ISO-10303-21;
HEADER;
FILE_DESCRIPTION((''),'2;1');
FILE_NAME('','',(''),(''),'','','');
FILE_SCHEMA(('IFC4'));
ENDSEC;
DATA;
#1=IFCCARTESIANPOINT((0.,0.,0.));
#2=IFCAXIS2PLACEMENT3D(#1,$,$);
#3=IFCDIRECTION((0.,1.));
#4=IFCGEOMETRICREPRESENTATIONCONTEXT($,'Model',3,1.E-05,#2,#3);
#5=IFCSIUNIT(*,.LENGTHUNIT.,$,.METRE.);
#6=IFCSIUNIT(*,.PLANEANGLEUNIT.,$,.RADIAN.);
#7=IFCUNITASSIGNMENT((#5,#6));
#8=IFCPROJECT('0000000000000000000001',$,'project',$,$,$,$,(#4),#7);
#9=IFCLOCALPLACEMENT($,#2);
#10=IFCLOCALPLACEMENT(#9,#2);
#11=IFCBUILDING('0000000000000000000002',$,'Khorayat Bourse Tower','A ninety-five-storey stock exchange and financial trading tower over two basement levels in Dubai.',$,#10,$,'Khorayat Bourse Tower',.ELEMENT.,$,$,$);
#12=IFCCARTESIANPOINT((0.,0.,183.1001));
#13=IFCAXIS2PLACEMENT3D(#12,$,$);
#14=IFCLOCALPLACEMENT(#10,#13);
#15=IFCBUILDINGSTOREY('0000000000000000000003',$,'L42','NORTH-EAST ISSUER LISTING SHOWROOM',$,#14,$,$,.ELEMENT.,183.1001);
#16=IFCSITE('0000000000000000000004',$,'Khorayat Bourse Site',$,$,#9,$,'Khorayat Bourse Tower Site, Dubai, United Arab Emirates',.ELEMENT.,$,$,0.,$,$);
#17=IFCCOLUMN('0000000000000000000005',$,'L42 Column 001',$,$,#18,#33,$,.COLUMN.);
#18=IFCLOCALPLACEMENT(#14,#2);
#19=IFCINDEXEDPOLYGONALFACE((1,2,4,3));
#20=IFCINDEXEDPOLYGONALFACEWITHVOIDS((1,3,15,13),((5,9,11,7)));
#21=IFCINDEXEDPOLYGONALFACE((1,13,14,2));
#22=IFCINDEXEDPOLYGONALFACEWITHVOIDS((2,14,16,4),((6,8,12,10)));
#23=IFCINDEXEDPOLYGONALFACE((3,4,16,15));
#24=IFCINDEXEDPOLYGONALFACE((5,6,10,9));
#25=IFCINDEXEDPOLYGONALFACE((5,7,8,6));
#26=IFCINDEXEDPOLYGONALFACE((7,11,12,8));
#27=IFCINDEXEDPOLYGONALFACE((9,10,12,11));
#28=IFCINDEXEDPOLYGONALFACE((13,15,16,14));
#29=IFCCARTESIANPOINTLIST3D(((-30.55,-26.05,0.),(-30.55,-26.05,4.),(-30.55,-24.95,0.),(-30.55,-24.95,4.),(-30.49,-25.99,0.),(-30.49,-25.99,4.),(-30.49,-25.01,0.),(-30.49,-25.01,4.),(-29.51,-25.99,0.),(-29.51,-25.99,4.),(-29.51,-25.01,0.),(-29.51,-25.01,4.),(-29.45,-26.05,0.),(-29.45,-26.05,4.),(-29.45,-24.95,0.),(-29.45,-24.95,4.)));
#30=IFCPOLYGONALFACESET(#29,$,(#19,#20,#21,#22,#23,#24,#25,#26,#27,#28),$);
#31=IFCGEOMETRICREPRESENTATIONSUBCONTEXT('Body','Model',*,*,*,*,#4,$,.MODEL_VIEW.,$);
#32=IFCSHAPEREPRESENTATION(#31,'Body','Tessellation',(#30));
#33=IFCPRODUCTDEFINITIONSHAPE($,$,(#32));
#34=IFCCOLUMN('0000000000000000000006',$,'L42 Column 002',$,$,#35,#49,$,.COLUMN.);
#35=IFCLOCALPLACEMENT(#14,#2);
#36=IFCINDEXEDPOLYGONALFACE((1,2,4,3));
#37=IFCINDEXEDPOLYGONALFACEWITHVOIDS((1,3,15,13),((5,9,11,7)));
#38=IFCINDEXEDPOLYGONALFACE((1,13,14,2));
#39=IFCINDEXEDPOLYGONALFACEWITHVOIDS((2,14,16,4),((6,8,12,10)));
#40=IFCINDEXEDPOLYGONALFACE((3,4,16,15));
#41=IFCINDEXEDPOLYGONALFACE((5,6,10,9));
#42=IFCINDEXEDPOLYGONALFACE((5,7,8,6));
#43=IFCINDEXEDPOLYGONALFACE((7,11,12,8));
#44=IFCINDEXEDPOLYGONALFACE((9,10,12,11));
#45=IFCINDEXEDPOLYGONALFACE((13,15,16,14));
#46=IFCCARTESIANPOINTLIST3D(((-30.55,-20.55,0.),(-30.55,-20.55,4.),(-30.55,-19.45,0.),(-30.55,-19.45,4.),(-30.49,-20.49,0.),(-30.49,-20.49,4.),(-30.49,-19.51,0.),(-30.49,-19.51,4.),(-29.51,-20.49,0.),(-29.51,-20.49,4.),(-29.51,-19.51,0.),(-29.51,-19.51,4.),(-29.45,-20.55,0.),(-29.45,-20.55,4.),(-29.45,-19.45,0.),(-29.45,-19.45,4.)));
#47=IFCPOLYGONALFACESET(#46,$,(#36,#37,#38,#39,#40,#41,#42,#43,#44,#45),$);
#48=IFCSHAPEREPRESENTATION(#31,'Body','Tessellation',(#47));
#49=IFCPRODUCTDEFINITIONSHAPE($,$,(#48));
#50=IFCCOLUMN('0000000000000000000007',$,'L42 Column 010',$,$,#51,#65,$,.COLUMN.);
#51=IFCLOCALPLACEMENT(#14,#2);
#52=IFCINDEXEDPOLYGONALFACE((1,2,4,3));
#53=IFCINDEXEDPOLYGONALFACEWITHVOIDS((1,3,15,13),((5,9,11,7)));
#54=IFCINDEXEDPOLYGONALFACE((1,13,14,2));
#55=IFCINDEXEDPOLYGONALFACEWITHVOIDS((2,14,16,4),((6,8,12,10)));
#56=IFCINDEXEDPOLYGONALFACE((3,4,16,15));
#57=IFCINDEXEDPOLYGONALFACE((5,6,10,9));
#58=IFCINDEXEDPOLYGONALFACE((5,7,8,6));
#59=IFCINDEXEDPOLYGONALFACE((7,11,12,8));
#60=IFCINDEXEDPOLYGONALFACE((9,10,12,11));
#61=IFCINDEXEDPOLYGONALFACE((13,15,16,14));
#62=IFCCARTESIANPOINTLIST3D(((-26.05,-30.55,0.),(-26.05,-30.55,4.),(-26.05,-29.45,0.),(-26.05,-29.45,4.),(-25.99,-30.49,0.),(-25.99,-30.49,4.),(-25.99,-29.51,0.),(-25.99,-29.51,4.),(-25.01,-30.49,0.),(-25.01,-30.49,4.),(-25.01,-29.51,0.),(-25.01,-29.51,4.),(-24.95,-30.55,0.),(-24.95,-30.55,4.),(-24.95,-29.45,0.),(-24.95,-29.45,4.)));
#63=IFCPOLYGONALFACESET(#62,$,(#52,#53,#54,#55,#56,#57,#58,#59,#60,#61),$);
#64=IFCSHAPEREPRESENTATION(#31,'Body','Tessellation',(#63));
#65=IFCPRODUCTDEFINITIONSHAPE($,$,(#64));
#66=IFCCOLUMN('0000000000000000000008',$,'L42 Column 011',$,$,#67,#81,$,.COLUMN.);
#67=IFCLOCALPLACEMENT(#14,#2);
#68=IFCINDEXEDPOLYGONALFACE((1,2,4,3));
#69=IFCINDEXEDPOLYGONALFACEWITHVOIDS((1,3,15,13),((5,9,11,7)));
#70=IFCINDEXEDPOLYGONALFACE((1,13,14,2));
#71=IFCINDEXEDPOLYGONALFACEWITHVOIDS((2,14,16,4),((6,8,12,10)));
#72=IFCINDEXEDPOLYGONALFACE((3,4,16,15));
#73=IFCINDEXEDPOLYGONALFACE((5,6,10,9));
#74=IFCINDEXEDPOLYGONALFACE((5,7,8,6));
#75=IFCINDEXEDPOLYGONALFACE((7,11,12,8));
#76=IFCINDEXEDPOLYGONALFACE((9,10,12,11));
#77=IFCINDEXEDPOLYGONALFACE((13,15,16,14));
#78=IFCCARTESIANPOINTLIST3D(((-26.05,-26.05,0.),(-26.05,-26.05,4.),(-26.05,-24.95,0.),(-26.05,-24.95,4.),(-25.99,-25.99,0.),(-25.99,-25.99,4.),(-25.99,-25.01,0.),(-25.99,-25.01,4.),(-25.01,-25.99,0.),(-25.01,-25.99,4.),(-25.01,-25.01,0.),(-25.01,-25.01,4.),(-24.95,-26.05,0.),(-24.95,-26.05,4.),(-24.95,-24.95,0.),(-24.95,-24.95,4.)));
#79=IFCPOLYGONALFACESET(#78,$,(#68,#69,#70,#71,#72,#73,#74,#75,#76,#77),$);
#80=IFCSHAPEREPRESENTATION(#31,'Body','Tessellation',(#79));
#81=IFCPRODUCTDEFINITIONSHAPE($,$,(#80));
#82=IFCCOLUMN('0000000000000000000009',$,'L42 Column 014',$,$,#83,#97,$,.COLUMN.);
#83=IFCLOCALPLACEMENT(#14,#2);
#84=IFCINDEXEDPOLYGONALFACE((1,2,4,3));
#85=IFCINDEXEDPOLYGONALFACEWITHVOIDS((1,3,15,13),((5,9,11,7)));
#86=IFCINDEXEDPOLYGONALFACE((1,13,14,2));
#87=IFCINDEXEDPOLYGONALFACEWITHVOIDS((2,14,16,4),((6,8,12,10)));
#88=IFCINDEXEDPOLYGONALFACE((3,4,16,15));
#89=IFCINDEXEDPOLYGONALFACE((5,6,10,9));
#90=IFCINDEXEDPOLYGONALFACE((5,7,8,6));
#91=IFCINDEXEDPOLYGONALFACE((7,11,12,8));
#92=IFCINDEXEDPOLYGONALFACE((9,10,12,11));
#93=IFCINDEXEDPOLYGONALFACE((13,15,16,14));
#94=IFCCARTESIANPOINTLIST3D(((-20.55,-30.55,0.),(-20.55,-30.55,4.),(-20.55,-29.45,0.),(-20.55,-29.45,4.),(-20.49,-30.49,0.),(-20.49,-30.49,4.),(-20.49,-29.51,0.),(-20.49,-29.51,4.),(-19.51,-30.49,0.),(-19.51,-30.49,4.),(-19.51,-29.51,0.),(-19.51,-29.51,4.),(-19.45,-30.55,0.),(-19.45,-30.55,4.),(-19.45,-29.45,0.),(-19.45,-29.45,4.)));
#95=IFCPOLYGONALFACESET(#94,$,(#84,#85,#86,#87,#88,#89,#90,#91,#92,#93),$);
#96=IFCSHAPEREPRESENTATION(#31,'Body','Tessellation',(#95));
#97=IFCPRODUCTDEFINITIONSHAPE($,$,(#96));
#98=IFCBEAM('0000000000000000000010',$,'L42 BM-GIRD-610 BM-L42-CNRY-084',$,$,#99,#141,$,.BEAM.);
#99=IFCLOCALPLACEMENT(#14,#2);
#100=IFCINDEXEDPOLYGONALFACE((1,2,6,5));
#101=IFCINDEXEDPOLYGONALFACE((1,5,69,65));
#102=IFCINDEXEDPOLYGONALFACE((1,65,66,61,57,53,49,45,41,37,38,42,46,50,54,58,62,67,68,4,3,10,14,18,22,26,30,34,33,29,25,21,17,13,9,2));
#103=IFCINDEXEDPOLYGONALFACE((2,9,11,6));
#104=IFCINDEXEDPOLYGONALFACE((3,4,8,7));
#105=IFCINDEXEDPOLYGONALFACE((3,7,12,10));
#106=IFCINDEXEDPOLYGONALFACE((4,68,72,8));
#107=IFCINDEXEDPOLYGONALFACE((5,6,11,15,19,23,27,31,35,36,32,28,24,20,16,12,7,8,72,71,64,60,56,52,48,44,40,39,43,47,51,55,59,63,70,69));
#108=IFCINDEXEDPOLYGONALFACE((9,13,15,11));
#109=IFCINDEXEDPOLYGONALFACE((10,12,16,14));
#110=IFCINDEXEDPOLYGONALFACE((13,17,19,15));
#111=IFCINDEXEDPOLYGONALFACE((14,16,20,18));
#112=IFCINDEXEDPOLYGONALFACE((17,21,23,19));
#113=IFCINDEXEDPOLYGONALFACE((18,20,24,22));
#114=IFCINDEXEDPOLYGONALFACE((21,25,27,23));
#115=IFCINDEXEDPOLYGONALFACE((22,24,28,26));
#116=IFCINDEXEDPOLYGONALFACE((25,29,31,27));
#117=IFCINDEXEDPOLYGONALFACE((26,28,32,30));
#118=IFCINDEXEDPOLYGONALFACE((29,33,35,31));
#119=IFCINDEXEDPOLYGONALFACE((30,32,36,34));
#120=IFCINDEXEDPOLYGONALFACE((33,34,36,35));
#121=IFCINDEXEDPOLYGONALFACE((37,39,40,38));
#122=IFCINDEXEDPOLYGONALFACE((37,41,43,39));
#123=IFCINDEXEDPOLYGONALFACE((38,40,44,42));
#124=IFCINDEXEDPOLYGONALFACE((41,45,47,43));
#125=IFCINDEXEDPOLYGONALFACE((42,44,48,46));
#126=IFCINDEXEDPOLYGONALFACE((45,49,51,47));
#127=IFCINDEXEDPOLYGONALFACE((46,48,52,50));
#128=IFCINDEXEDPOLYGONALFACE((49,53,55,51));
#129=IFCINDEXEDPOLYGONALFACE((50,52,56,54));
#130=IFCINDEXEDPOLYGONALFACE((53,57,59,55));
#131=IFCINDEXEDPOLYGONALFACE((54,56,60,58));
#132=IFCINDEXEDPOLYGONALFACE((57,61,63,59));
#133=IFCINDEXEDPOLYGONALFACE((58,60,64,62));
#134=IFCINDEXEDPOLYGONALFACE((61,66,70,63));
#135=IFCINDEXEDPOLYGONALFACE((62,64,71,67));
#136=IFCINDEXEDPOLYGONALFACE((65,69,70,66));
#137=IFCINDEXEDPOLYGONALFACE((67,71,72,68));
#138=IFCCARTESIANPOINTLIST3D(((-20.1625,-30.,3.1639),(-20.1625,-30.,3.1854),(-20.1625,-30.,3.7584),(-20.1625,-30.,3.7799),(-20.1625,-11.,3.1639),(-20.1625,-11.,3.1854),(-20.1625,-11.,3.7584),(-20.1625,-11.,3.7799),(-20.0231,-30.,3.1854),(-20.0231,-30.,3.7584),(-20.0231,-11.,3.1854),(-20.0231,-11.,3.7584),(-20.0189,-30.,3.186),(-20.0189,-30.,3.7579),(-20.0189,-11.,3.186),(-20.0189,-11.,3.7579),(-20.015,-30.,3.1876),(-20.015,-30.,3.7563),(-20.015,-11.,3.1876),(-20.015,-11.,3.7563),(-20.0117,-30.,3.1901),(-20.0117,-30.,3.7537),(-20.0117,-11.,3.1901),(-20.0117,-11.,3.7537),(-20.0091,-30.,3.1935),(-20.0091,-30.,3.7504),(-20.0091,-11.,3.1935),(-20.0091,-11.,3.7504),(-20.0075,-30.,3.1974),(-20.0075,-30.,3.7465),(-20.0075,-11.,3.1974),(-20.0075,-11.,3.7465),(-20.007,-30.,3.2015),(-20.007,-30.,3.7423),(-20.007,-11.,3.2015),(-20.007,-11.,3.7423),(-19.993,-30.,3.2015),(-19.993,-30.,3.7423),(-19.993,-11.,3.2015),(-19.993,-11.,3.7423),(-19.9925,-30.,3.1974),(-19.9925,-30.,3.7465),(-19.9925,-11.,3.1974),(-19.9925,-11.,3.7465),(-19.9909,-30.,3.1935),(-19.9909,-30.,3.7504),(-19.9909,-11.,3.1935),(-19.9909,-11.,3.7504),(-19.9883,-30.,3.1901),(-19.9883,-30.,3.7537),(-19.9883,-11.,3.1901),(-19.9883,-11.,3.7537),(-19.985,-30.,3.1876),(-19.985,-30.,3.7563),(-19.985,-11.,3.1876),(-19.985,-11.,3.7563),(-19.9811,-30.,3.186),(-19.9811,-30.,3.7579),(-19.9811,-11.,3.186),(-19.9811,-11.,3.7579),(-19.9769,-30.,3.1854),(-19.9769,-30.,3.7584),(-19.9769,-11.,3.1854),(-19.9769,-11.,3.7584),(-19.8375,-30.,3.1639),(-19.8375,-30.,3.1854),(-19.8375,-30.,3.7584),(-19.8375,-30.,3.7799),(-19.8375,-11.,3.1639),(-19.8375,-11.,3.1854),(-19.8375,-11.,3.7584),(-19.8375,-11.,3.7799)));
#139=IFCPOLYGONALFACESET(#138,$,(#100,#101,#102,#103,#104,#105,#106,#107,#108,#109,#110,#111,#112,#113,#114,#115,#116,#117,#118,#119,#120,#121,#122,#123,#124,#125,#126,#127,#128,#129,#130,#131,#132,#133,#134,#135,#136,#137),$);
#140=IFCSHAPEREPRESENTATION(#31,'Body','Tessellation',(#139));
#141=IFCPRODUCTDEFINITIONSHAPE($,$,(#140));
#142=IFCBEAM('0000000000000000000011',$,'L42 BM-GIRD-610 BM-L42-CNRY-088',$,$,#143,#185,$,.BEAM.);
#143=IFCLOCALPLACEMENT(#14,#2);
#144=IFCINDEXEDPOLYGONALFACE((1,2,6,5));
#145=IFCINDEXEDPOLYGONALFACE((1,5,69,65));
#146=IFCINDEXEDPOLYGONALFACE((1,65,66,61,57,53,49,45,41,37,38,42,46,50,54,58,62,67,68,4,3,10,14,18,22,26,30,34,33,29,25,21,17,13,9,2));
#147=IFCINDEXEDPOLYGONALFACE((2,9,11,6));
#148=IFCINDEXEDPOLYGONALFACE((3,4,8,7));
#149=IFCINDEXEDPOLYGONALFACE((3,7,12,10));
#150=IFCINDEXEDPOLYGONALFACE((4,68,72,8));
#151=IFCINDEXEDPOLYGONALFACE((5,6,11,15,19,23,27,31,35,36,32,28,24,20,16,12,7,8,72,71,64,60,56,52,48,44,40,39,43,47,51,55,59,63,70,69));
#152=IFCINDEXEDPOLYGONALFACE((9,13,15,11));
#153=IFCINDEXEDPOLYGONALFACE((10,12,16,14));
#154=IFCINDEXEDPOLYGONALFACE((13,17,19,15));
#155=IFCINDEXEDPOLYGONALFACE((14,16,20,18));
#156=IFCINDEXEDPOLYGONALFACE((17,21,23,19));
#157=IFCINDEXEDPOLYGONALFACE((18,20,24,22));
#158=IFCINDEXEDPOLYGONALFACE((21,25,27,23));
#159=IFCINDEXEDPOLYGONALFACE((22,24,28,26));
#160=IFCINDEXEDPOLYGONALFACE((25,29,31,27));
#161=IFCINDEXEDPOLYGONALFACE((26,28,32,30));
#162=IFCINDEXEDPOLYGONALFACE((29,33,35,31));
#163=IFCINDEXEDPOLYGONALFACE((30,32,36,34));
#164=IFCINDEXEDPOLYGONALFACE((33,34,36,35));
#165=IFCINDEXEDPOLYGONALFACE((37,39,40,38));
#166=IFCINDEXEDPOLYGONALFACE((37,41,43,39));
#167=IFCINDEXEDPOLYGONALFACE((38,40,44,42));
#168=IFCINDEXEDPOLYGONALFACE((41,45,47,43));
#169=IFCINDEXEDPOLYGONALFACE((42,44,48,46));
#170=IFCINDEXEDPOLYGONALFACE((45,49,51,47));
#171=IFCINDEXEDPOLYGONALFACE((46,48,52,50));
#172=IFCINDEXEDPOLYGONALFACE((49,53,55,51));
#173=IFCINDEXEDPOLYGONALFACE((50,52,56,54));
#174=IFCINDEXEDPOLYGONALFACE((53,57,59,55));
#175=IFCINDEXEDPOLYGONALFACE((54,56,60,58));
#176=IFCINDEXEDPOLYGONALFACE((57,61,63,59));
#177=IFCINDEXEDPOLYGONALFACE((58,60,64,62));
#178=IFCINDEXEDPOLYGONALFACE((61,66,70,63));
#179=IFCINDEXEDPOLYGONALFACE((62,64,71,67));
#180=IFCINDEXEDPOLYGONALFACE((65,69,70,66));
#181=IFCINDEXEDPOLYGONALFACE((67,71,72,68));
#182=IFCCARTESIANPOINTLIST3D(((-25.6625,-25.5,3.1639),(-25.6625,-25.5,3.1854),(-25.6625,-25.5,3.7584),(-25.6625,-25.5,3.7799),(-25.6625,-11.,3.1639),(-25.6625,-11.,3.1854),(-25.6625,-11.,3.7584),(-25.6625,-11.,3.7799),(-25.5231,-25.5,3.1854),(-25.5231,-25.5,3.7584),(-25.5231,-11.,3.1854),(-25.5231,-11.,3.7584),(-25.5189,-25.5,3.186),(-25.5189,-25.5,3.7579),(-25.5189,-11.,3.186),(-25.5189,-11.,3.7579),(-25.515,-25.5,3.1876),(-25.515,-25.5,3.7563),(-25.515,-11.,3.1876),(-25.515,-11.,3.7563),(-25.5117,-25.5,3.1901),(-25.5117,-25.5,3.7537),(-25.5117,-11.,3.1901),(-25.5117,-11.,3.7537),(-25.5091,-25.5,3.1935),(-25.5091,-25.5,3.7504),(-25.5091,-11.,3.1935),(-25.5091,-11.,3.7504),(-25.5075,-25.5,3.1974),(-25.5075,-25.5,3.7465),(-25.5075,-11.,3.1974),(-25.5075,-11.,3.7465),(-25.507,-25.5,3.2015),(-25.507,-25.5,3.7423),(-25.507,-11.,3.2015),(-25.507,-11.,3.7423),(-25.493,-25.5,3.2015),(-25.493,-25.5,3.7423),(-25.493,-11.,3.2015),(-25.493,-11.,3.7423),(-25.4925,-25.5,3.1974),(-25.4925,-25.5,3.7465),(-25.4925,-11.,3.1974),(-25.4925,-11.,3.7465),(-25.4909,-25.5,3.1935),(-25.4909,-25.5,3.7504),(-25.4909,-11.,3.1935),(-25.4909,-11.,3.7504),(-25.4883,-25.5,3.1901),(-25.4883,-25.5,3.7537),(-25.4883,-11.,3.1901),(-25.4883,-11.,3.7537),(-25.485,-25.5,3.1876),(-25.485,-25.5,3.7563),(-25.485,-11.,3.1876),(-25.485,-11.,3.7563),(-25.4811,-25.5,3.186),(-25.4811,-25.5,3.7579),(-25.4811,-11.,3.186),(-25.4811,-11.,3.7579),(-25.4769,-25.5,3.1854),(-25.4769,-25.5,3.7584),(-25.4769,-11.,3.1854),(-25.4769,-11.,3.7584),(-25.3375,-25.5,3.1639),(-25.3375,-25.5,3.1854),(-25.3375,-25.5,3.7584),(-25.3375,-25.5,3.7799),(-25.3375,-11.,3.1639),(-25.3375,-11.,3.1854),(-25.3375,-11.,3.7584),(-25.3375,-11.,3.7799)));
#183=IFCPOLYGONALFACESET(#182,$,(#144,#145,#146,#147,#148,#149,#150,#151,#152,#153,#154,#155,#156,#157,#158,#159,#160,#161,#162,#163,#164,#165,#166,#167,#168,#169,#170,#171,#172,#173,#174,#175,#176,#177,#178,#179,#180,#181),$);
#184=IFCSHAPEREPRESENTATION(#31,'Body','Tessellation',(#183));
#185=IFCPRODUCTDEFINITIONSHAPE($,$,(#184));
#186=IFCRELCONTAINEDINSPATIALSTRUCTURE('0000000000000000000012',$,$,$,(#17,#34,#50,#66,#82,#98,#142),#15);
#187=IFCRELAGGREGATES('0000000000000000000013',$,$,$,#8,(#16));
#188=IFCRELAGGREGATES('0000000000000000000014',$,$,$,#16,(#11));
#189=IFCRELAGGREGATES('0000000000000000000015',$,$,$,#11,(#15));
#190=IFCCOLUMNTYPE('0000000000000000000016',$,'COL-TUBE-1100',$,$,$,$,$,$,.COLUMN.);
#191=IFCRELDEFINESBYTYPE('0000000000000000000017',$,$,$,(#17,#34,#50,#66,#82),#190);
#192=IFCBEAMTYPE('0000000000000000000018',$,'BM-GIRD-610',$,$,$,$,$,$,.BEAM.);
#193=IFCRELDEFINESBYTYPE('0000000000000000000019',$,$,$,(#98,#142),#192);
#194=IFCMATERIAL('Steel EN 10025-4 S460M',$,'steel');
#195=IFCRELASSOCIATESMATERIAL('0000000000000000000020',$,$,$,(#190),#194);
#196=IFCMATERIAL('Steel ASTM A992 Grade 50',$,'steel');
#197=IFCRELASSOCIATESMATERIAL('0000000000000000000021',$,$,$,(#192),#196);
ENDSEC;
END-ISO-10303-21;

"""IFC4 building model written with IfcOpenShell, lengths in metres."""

from ifc_helpers import new_model, si_unit, direction, frame, origin, origin_2d, place, context, subcontext, project, spatial, hollow_rectangle, i_section, extrude, source, transform, mapped, material, material_profile, profile_set, type_object, element, save


model = new_model("IFC4")

# Units and contexts
model_context = context("Model", 3, precision=1e-05, world=origin(), true_north=direction((0.0, 1.0)))
body_context = subcontext(model_context, "Body", "Model", "MODEL_VIEW")
ifc_project = project(units=[si_unit("LENGTHUNIT", "METRE"), si_unit("PLANEANGLEUNIT", "RADIAN")], contexts=[model_context])

# Site, building, storey
site_placement = place(None, origin())
site = spatial("IfcSite", under=ifc_project, at=site_placement, Name="Khorayat Bourse Site", LongName="Khorayat Bourse Tower Site, Dubai, United Arab Emirates", CompositionType="ELEMENT", RefElevation=0.0)
building_placement = place(site_placement, origin())
building = spatial("IfcBuilding", under=site, at=building_placement, Name="Khorayat Bourse Tower", Description="A ninety-five-storey stock exchange and financial trading tower over two basement levels in Dubai.", LongName="Khorayat Bourse Tower", CompositionType="ELEMENT")
storey_placement = place(building_placement, frame((0.0, 0.0, 183.1001)))
storey = spatial("IfcBuildingStorey", under=building, at=storey_placement, Name="L42", Description="NORTH-EAST ISSUER LISTING SHOWROOM", CompositionType="ELEMENT", Elevation=183.1001)

# Columns
ifc_material_1 = material(Name="Steel EN 10025-4 S460M", Category="steel")
ifc_material_profile_1 = material_profile(ifc_material_1, hollow_rectangle(XDim=1.1001, YDim=1.1001, WallThickness=0.0601, at=origin_2d()), Name="BOX 1100x1100x60")
ifc_profile_set_1 = profile_set([ifc_material_profile_1], Name="Steel EN 10025-4 S460M")
column_type = type_object("IfcColumnType", Name="COL-TUBE-1100", PredefinedType="COLUMN", material=ifc_profile_set_1)
shared_shape_1 = source(origin(), body_context, "Body", "SweptSolid", [
    extrude(hollow_rectangle(XDim=1.1001, YDim=1.1001, WallThickness=0.0601, at=origin_2d()), origin(), (0.0, 0.0, 1.0), 4.0),
])
for number, where, z_axis, x_axis, name in (
    (1, (-30.0, -25.5, 0.0), (0.0, 0.0, 1.0), (1.0, 0.0, 0.0), "L42 Column 001"),
    (2, (-30.0, -20.0, 0.0), (0.0, 0.0, 1.0), (1.0, 0.0, 0.0), "L42 Column 002"),
    (3, (-25.5, -30.0, 0.0), (0.0, 0.0, 1.0), (1.0, 0.0, 0.0), "L42 Column 010"),
    (4, (-25.5, -25.5, 0.0), (0.0, 0.0, 1.0), (1.0, 0.0, 0.0), "L42 Column 011"),
    (5, (-20.0, -30.0, 0.0), (0.0, 0.0, 1.0), (1.0, 0.0, 0.0), "L42 Column 014"),
):
    element("IfcColumn", number, at=place(storey_placement, frame(where, z_axis=z_axis, x_axis=x_axis)), inside=storey, type_object=column_type, Name=name, PredefinedType="COLUMN", context=body_context, shape_type="MappedRepresentation", body=[
        mapped(shared_shape_1, transform((0.0, 0.0, 0.0), scale=1.0)),
    ])

# Beams
ifc_material_2 = material(Name="Steel ASTM A992 Grade 50", Category="steel")
ifc_material_profile_2 = material_profile(ifc_material_2, i_section(OverallWidth=0.325, OverallDepth=0.616, WebThickness=0.0139, FlangeThickness=0.0215, FilletRadius=0.0161, at=origin_2d()), Name="W610X174")
ifc_profile_set_2 = profile_set([ifc_material_profile_2], Name="Steel ASTM A992 Grade 50")
beam_type_1 = type_object("IfcBeamType", Name="BM-GIRD-610", PredefinedType="BEAM", material=ifc_profile_set_2)
shared_shape_2 = source(origin(), body_context, "Body", "SweptSolid", [
    extrude(i_section(OverallWidth=0.325, OverallDepth=0.616, WebThickness=0.0139, FlangeThickness=0.0215, FilletRadius=0.0161, at=origin_2d()), origin(), (0.0, 0.0, 1.0), 19.0),
])
beam_1_placement = place(storey_placement, frame((-20.0, -30.0, 3.4719), z_axis=(0.0, 1.0, 0.0), x_axis=(-1.0, 0.0, 0.0)))
element("IfcBeam", 6, at=beam_1_placement, inside=storey, type_object=beam_type_1, Name="L42 BM-GIRD-610 BM-L42-CNRY-084", PredefinedType="BEAM", context=body_context, shape_type="MappedRepresentation", body=[
    mapped(shared_shape_2, transform((0.0, 0.0, 0.0), scale=1.0)),
])
shared_shape_3 = source(origin(), body_context, "Body", "SweptSolid", [
    extrude(i_section(OverallWidth=0.325, OverallDepth=0.616, WebThickness=0.0139, FlangeThickness=0.0215, FilletRadius=0.0161, at=origin_2d()), origin(), (0.0, 0.0, 1.0), 14.5),
])
beam_2_placement = place(storey_placement, frame((-25.5, -25.5, 3.4719), z_axis=(0.0, 1.0, 0.0), x_axis=(-1.0, 0.0, 0.0)))
element("IfcBeam", 7, at=beam_2_placement, inside=storey, type_object=beam_type_1, Name="L42 BM-GIRD-610 BM-L42-CNRY-088", PredefinedType="BEAM", context=body_context, shape_type="MappedRepresentation", body=[
    mapped(shared_shape_3, transform((0.0, 0.0, 0.0), scale=1.0)),
])

save(model, "model.ifc")
